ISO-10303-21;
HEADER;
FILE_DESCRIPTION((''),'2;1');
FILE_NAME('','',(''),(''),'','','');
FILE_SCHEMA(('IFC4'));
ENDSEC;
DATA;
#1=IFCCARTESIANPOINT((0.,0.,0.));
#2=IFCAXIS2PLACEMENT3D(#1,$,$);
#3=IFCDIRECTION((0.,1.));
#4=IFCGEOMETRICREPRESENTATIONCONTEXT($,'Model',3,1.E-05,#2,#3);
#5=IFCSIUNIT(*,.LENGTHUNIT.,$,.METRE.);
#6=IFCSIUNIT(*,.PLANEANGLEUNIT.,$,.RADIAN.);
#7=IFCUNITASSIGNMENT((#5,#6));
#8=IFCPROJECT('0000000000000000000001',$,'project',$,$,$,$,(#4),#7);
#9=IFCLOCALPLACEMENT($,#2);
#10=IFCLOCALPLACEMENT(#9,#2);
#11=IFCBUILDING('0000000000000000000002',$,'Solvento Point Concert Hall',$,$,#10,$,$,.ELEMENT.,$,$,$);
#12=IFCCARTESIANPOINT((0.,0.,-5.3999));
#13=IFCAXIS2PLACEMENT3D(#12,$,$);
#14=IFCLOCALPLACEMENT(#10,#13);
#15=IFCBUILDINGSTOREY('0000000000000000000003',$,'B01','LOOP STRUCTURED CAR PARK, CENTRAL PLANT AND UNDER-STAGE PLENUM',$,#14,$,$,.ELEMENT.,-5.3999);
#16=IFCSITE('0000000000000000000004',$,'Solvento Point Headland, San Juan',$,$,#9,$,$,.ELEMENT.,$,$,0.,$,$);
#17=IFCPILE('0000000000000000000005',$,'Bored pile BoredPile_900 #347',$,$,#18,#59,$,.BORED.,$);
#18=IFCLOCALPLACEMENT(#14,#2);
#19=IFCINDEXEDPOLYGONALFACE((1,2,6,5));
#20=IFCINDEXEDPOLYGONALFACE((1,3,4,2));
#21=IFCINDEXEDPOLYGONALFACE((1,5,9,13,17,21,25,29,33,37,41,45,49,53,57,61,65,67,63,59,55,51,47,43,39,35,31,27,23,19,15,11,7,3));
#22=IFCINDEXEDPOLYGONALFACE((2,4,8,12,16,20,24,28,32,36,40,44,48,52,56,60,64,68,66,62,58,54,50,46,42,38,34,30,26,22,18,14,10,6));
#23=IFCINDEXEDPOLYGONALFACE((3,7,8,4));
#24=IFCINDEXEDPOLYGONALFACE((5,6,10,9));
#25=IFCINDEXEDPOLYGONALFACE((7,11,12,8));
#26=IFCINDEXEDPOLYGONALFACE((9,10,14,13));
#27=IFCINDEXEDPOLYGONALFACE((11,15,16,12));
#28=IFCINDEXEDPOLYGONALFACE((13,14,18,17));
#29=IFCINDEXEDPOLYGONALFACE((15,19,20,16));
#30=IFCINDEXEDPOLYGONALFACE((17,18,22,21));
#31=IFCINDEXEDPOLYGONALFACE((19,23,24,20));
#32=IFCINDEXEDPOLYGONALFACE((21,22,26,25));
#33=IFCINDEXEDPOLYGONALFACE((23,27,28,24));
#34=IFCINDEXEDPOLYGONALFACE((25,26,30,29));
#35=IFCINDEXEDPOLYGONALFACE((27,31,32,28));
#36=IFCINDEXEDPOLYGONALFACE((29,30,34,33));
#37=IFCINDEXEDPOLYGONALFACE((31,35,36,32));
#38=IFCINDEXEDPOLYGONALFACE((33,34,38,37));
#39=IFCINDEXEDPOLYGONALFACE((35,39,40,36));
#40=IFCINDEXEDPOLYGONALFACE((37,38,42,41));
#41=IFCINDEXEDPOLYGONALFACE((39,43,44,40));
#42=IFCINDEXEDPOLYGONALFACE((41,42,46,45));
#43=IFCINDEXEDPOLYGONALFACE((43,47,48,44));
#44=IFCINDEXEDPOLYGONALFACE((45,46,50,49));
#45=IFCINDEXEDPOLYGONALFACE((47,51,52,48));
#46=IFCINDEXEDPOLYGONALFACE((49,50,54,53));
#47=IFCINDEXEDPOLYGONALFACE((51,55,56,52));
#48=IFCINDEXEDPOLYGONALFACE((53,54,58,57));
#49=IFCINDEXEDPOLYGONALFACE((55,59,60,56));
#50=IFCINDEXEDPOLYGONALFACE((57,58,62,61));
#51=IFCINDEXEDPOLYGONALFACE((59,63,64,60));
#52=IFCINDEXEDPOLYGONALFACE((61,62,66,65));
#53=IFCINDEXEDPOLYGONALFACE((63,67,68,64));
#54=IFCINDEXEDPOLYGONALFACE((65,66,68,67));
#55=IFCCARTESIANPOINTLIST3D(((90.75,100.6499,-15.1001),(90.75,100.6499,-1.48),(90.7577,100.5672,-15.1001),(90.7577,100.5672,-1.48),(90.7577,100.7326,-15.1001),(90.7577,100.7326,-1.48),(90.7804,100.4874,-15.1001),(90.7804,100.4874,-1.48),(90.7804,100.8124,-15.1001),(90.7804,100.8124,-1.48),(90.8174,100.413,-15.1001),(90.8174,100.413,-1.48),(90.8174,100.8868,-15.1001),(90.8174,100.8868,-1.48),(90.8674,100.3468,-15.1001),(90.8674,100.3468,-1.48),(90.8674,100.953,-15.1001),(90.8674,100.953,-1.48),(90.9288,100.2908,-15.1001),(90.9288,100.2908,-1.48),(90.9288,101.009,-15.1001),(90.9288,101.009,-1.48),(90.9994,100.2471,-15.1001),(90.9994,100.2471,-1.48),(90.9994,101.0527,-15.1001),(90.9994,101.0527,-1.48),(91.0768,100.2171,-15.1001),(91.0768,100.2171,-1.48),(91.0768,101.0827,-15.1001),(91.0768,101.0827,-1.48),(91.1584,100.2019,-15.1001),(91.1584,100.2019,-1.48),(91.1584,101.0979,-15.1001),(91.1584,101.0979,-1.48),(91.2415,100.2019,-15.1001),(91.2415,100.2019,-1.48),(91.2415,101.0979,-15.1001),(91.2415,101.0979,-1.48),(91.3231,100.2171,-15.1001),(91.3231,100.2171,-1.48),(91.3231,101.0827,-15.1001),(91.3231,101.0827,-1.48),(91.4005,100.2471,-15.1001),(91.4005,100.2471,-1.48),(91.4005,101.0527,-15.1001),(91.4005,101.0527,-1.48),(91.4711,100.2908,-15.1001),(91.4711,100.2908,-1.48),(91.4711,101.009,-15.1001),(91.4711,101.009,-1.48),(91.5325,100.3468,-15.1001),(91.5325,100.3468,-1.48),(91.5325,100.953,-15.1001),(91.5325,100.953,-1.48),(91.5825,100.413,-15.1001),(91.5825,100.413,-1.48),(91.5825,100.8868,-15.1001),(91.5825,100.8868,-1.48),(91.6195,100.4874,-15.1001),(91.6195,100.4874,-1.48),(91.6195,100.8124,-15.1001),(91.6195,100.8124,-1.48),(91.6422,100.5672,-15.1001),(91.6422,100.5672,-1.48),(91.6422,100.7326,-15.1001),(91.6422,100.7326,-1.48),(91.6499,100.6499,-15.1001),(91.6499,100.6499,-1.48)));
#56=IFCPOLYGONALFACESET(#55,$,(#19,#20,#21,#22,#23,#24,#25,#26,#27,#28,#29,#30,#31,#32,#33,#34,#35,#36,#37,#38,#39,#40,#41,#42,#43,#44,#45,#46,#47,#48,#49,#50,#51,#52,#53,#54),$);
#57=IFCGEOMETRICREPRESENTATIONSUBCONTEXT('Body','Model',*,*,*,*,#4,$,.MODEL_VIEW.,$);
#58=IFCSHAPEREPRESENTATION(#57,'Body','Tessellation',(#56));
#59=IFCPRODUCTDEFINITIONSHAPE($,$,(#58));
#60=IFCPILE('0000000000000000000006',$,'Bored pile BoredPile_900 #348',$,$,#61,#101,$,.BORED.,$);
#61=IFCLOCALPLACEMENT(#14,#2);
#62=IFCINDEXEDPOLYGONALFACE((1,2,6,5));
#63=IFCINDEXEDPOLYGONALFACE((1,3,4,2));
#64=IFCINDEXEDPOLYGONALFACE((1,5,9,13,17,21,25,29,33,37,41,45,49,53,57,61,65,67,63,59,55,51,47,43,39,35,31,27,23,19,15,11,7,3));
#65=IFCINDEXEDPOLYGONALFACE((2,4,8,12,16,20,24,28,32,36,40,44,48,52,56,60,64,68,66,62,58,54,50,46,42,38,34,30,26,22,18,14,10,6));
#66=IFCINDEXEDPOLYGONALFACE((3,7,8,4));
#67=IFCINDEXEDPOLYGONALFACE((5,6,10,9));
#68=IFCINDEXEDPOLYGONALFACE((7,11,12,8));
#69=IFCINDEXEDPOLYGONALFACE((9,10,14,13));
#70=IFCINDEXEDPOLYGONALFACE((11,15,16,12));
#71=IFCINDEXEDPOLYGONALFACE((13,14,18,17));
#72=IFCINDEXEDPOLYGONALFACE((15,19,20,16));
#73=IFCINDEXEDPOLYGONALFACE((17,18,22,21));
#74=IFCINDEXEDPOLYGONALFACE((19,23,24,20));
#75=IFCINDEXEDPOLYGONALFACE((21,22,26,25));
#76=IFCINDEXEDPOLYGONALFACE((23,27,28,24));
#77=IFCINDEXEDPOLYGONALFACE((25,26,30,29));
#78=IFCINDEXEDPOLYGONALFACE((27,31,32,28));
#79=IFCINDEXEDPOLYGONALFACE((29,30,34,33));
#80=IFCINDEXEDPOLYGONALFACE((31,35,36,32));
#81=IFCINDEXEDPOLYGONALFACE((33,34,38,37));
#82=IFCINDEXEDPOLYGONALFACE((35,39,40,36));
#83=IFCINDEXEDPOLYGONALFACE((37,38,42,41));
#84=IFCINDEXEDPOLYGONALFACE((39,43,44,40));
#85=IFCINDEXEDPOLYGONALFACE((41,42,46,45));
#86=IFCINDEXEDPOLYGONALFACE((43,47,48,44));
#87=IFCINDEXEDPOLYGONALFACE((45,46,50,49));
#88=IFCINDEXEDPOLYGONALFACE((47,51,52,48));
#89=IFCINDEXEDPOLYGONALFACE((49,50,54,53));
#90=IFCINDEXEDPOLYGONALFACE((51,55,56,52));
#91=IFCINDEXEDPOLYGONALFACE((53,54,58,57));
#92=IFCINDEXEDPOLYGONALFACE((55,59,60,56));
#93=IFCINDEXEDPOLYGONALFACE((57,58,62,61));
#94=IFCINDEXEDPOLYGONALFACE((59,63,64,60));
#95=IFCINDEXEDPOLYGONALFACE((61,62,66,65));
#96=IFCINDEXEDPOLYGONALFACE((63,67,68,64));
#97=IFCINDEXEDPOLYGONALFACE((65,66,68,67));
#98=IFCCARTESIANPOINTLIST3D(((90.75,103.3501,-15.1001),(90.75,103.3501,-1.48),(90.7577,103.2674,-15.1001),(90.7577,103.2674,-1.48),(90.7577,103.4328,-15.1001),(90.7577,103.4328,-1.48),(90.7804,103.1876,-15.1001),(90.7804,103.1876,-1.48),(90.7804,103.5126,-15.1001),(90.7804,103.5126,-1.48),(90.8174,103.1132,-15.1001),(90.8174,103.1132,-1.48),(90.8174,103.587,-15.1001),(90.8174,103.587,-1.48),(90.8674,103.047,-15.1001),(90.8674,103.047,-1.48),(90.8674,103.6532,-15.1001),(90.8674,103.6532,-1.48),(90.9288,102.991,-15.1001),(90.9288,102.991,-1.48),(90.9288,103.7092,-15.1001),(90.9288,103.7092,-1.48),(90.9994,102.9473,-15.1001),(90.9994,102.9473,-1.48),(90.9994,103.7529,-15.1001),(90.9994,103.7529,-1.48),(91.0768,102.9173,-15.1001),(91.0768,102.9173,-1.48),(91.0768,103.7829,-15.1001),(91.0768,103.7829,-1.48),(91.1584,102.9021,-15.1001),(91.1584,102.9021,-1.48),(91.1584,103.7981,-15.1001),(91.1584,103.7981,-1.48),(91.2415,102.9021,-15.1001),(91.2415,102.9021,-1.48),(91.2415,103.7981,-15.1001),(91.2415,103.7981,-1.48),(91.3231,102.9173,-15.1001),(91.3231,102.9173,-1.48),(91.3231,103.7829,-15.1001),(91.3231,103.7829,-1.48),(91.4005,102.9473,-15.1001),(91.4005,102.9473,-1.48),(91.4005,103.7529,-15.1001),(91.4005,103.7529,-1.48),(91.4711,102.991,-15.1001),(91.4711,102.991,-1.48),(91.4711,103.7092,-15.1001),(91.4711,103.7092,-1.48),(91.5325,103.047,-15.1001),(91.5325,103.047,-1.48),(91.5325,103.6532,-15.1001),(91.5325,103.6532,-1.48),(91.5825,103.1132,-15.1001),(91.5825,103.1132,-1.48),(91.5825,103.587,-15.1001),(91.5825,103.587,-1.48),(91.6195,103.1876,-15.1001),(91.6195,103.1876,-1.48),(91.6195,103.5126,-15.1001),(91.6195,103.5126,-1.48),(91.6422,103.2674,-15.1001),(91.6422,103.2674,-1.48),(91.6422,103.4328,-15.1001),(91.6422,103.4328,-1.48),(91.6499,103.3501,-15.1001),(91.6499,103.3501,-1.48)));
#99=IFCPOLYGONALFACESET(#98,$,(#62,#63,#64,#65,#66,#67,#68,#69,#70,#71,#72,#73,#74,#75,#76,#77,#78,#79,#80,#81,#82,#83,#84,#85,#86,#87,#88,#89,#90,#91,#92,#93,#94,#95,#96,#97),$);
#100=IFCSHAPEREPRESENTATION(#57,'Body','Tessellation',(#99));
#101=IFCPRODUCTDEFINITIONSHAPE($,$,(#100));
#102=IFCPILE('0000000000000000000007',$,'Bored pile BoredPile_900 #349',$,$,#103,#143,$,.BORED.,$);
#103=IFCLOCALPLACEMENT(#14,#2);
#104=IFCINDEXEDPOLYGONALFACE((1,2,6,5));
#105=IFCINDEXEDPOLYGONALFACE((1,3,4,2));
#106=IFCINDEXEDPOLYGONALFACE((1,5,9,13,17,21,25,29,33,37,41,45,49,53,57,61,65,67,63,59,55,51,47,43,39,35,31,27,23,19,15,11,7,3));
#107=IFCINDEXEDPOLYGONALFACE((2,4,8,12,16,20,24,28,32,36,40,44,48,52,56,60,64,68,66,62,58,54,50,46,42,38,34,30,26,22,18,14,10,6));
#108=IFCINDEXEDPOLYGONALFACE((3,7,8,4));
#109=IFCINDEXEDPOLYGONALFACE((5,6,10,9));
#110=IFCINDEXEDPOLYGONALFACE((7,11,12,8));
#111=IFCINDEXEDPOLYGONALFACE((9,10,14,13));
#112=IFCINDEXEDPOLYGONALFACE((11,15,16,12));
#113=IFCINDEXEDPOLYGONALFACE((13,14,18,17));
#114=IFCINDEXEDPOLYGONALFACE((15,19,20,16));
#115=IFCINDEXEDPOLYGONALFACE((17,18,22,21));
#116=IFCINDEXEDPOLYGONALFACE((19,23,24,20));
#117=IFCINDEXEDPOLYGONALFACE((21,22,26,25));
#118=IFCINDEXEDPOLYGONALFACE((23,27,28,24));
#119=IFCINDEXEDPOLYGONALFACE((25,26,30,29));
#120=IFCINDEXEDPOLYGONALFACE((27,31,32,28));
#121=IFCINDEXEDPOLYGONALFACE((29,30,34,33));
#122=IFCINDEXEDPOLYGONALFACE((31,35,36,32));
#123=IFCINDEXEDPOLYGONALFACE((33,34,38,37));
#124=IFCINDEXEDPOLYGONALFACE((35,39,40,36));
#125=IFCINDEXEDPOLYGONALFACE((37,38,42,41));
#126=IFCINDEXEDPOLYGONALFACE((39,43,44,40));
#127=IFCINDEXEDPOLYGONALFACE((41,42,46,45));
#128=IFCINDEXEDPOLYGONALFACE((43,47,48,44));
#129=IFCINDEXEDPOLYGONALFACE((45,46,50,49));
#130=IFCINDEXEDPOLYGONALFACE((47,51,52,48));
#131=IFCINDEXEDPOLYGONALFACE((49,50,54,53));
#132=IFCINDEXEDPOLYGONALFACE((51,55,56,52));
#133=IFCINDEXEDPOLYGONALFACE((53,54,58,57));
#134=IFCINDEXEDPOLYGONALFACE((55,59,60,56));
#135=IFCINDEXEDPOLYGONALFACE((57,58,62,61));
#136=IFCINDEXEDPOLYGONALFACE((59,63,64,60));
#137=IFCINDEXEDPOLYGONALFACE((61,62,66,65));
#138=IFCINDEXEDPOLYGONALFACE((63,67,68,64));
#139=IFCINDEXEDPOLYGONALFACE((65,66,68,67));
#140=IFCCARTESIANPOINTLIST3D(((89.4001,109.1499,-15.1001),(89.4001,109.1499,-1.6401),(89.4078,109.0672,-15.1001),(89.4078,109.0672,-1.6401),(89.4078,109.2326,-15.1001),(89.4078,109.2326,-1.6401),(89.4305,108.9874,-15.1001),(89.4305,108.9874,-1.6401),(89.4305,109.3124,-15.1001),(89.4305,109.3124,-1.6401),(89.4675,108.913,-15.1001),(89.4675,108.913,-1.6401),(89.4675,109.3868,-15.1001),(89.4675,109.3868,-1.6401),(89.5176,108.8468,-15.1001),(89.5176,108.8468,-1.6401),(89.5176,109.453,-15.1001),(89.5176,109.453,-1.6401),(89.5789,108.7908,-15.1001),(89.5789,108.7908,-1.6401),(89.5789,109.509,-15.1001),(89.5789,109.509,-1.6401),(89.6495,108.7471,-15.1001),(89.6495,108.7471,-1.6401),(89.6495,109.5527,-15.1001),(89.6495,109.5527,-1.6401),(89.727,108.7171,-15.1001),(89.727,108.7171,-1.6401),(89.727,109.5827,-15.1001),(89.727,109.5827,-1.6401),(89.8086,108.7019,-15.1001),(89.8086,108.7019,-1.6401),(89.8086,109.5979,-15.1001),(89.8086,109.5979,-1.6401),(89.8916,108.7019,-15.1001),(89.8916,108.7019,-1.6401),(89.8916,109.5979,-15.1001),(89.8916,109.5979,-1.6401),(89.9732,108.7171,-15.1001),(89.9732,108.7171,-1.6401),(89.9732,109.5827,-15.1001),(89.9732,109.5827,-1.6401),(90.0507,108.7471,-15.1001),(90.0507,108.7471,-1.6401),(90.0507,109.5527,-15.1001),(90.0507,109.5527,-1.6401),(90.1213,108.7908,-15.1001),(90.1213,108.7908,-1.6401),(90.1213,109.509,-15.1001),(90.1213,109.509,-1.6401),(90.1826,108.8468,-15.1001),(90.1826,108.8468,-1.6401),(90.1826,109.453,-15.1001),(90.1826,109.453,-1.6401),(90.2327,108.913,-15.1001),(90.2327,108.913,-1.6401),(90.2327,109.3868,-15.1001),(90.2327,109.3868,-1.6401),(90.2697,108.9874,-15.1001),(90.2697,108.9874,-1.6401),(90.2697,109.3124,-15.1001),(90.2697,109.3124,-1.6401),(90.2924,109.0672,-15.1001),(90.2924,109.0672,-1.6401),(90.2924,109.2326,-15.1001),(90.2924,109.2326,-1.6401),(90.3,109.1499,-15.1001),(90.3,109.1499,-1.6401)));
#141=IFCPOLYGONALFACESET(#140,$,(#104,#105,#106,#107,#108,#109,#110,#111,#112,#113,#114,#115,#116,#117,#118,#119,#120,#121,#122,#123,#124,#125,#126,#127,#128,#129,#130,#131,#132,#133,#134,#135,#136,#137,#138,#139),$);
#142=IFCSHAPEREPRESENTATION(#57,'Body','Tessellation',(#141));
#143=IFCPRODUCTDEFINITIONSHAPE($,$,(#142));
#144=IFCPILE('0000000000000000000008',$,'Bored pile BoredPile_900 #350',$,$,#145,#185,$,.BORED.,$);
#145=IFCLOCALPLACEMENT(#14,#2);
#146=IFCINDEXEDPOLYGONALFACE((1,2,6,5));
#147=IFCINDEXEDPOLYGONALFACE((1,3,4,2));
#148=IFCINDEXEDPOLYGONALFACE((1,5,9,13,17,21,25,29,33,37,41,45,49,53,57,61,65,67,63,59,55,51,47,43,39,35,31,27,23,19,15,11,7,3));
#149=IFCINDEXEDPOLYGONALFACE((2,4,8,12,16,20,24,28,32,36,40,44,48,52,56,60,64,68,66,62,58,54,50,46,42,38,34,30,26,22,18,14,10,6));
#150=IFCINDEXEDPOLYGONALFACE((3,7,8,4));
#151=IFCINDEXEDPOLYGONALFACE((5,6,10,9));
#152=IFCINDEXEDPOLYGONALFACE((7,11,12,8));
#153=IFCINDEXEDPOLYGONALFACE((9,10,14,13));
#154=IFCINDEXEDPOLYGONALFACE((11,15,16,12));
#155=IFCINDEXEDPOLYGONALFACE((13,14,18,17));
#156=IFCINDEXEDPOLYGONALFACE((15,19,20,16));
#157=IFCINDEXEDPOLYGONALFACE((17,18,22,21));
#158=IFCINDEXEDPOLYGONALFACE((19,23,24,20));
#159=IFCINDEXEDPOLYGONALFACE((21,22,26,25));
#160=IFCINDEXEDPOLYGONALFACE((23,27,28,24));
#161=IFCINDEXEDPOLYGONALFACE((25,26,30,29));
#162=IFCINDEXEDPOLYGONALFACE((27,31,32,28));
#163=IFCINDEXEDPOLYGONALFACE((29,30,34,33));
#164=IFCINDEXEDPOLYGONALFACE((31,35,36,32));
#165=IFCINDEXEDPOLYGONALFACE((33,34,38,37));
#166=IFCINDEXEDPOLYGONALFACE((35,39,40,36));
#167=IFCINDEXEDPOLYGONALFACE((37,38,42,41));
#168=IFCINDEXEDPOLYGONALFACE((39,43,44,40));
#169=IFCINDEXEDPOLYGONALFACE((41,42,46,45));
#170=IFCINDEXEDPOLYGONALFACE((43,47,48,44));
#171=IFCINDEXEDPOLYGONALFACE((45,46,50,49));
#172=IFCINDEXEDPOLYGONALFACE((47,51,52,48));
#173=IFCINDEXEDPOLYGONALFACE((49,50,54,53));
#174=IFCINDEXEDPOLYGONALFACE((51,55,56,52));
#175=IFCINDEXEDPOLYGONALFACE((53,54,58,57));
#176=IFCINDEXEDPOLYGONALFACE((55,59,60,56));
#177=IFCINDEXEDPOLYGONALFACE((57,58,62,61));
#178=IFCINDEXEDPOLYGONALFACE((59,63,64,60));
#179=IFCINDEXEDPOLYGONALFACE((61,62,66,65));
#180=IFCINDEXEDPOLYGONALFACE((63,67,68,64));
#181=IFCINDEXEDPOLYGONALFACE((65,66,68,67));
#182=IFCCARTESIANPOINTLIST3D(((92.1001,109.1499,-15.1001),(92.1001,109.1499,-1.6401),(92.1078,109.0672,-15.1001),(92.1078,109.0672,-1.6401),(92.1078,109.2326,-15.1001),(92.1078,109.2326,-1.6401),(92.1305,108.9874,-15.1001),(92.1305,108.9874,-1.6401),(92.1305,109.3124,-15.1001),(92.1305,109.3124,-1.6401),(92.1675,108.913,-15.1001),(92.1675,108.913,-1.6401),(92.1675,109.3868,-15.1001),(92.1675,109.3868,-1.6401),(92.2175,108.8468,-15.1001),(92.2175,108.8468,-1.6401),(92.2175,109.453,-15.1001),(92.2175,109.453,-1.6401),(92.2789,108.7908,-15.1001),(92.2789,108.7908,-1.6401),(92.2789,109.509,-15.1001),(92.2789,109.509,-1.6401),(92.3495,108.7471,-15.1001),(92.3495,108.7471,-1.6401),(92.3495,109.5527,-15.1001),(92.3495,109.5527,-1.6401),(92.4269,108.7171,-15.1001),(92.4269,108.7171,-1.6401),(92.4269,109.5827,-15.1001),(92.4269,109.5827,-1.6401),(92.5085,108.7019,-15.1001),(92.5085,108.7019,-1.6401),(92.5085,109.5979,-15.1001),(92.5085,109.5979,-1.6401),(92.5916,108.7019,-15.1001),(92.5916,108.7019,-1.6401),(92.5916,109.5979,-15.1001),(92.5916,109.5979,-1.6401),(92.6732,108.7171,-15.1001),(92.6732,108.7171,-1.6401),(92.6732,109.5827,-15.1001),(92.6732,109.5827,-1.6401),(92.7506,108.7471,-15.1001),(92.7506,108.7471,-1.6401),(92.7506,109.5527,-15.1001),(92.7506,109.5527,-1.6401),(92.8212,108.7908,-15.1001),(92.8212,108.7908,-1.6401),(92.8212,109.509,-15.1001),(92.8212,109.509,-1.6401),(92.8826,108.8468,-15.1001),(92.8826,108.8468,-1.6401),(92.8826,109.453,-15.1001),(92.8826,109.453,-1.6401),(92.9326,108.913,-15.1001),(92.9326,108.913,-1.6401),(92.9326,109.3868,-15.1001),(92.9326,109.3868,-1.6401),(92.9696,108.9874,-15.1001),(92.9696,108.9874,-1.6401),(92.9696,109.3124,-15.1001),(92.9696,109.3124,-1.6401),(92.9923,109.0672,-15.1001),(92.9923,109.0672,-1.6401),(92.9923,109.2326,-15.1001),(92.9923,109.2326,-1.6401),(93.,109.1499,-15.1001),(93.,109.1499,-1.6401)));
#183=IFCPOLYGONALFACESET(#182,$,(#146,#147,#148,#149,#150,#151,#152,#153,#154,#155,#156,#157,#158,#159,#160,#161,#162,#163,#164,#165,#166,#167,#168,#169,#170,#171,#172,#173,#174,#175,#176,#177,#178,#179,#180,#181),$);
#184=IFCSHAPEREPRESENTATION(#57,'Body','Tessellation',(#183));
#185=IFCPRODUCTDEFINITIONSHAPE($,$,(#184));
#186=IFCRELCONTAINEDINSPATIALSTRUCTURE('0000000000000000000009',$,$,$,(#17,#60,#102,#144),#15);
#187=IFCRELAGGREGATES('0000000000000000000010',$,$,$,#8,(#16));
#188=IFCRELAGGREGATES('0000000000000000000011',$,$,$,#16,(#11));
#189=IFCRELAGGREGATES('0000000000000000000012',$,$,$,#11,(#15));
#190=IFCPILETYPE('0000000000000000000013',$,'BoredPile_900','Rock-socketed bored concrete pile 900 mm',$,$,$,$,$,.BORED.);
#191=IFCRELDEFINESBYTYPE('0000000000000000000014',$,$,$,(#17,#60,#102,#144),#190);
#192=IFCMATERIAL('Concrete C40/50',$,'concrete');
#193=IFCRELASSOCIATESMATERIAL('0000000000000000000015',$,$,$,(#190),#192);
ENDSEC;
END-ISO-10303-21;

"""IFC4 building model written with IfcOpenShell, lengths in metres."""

from ifc_helpers import new_model, si_unit, direction, frame, origin, origin_2d, place, context, subcontext, project, spatial, circle, extrude, material, material_profile, profile_set, type_object, element, save


model = new_model("IFC4")

# Units and contexts
model_context = context("Model", 3, precision=1e-05, world=origin(), true_north=direction((0.0, 1.0)))
body_context = subcontext(model_context, "Body", "Model", "MODEL_VIEW")
ifc_project = project(units=[si_unit("LENGTHUNIT", "METRE"), si_unit("PLANEANGLEUNIT", "RADIAN")], contexts=[model_context])

# Site, building, storey
site_placement = place(None, origin())
site = spatial("IfcSite", under=ifc_project, at=site_placement, Name="Solvento Point Headland, San Juan", CompositionType="ELEMENT", RefElevation=0.0)
building_placement = place(site_placement, origin())
building = spatial("IfcBuilding", under=site, at=building_placement, Name="Solvento Point Concert Hall", CompositionType="ELEMENT")
storey_placement = place(building_placement, frame((0.0, 0.0, -5.3999)))
storey = spatial("IfcBuildingStorey", under=building, at=storey_placement, Name="B01", Description="LOOP STRUCTURED CAR PARK, CENTRAL PLANT AND UNDER-STAGE PLENUM", CompositionType="ELEMENT", Elevation=-5.3999)

# Piles
ifc_material_1 = material(Name="Concrete C40/50", Category="concrete")
ifc_material_profile_1 = material_profile(ifc_material_1, circle(Radius=0.45, at=origin_2d()), Name="BP-900")
ifc_profile_set_1 = profile_set([ifc_material_profile_1], Name="Concrete C40/50")
pile_type_1 = type_object("IfcPileType", Name="BoredPile_900", Description="Rock-socketed bored concrete pile 900 mm", PredefinedType="BORED", material=ifc_profile_set_1)
for number, where, z_axis, x_axis, name in (
    (1, (91.2, 100.6499, -1.48), (0.0, 0.0, -1.0), (1.0, 0.0, 0.0), "Bored pile BoredPile_900 #347"),
    (2, (91.2, 103.3501, -1.48), (0.0, 0.0, -1.0), (1.0, 0.0, 0.0), "Bored pile BoredPile_900 #348"),
):
    element("IfcPile", number, at=place(storey_placement, frame(where, z_axis=z_axis, x_axis=x_axis)), inside=storey, type_object=pile_type_1, Name=name, PredefinedType="BORED", context=body_context, shape_type="SweptSolid", body=[
        extrude(circle(Radius=0.45, at=origin_2d()), origin(), (0.0, 0.0, 1.0), 13.6201),
    ])
for number, where, z_axis, x_axis, name in (
    (3, (89.8501, 109.1499, -1.6401), (0.0, 0.0, -1.0), (1.0, 0.0, 0.0), "Bored pile BoredPile_900 #349"),
    (4, (92.55, 109.1499, -1.6401), (0.0, 0.0, -1.0), (1.0, 0.0, 0.0), "Bored pile BoredPile_900 #350"),
):
    element("IfcPile", number, at=place(storey_placement, frame(where, z_axis=z_axis, x_axis=x_axis)), inside=storey, type_object=pile_type_1, Name=name, PredefinedType="BORED", context=body_context, shape_type="SweptSolid", body=[
        extrude(circle(Radius=0.45, at=origin_2d()), origin(), (0.0, 0.0, 1.0), 13.46),
    ])

save(model, "model.ifc")
